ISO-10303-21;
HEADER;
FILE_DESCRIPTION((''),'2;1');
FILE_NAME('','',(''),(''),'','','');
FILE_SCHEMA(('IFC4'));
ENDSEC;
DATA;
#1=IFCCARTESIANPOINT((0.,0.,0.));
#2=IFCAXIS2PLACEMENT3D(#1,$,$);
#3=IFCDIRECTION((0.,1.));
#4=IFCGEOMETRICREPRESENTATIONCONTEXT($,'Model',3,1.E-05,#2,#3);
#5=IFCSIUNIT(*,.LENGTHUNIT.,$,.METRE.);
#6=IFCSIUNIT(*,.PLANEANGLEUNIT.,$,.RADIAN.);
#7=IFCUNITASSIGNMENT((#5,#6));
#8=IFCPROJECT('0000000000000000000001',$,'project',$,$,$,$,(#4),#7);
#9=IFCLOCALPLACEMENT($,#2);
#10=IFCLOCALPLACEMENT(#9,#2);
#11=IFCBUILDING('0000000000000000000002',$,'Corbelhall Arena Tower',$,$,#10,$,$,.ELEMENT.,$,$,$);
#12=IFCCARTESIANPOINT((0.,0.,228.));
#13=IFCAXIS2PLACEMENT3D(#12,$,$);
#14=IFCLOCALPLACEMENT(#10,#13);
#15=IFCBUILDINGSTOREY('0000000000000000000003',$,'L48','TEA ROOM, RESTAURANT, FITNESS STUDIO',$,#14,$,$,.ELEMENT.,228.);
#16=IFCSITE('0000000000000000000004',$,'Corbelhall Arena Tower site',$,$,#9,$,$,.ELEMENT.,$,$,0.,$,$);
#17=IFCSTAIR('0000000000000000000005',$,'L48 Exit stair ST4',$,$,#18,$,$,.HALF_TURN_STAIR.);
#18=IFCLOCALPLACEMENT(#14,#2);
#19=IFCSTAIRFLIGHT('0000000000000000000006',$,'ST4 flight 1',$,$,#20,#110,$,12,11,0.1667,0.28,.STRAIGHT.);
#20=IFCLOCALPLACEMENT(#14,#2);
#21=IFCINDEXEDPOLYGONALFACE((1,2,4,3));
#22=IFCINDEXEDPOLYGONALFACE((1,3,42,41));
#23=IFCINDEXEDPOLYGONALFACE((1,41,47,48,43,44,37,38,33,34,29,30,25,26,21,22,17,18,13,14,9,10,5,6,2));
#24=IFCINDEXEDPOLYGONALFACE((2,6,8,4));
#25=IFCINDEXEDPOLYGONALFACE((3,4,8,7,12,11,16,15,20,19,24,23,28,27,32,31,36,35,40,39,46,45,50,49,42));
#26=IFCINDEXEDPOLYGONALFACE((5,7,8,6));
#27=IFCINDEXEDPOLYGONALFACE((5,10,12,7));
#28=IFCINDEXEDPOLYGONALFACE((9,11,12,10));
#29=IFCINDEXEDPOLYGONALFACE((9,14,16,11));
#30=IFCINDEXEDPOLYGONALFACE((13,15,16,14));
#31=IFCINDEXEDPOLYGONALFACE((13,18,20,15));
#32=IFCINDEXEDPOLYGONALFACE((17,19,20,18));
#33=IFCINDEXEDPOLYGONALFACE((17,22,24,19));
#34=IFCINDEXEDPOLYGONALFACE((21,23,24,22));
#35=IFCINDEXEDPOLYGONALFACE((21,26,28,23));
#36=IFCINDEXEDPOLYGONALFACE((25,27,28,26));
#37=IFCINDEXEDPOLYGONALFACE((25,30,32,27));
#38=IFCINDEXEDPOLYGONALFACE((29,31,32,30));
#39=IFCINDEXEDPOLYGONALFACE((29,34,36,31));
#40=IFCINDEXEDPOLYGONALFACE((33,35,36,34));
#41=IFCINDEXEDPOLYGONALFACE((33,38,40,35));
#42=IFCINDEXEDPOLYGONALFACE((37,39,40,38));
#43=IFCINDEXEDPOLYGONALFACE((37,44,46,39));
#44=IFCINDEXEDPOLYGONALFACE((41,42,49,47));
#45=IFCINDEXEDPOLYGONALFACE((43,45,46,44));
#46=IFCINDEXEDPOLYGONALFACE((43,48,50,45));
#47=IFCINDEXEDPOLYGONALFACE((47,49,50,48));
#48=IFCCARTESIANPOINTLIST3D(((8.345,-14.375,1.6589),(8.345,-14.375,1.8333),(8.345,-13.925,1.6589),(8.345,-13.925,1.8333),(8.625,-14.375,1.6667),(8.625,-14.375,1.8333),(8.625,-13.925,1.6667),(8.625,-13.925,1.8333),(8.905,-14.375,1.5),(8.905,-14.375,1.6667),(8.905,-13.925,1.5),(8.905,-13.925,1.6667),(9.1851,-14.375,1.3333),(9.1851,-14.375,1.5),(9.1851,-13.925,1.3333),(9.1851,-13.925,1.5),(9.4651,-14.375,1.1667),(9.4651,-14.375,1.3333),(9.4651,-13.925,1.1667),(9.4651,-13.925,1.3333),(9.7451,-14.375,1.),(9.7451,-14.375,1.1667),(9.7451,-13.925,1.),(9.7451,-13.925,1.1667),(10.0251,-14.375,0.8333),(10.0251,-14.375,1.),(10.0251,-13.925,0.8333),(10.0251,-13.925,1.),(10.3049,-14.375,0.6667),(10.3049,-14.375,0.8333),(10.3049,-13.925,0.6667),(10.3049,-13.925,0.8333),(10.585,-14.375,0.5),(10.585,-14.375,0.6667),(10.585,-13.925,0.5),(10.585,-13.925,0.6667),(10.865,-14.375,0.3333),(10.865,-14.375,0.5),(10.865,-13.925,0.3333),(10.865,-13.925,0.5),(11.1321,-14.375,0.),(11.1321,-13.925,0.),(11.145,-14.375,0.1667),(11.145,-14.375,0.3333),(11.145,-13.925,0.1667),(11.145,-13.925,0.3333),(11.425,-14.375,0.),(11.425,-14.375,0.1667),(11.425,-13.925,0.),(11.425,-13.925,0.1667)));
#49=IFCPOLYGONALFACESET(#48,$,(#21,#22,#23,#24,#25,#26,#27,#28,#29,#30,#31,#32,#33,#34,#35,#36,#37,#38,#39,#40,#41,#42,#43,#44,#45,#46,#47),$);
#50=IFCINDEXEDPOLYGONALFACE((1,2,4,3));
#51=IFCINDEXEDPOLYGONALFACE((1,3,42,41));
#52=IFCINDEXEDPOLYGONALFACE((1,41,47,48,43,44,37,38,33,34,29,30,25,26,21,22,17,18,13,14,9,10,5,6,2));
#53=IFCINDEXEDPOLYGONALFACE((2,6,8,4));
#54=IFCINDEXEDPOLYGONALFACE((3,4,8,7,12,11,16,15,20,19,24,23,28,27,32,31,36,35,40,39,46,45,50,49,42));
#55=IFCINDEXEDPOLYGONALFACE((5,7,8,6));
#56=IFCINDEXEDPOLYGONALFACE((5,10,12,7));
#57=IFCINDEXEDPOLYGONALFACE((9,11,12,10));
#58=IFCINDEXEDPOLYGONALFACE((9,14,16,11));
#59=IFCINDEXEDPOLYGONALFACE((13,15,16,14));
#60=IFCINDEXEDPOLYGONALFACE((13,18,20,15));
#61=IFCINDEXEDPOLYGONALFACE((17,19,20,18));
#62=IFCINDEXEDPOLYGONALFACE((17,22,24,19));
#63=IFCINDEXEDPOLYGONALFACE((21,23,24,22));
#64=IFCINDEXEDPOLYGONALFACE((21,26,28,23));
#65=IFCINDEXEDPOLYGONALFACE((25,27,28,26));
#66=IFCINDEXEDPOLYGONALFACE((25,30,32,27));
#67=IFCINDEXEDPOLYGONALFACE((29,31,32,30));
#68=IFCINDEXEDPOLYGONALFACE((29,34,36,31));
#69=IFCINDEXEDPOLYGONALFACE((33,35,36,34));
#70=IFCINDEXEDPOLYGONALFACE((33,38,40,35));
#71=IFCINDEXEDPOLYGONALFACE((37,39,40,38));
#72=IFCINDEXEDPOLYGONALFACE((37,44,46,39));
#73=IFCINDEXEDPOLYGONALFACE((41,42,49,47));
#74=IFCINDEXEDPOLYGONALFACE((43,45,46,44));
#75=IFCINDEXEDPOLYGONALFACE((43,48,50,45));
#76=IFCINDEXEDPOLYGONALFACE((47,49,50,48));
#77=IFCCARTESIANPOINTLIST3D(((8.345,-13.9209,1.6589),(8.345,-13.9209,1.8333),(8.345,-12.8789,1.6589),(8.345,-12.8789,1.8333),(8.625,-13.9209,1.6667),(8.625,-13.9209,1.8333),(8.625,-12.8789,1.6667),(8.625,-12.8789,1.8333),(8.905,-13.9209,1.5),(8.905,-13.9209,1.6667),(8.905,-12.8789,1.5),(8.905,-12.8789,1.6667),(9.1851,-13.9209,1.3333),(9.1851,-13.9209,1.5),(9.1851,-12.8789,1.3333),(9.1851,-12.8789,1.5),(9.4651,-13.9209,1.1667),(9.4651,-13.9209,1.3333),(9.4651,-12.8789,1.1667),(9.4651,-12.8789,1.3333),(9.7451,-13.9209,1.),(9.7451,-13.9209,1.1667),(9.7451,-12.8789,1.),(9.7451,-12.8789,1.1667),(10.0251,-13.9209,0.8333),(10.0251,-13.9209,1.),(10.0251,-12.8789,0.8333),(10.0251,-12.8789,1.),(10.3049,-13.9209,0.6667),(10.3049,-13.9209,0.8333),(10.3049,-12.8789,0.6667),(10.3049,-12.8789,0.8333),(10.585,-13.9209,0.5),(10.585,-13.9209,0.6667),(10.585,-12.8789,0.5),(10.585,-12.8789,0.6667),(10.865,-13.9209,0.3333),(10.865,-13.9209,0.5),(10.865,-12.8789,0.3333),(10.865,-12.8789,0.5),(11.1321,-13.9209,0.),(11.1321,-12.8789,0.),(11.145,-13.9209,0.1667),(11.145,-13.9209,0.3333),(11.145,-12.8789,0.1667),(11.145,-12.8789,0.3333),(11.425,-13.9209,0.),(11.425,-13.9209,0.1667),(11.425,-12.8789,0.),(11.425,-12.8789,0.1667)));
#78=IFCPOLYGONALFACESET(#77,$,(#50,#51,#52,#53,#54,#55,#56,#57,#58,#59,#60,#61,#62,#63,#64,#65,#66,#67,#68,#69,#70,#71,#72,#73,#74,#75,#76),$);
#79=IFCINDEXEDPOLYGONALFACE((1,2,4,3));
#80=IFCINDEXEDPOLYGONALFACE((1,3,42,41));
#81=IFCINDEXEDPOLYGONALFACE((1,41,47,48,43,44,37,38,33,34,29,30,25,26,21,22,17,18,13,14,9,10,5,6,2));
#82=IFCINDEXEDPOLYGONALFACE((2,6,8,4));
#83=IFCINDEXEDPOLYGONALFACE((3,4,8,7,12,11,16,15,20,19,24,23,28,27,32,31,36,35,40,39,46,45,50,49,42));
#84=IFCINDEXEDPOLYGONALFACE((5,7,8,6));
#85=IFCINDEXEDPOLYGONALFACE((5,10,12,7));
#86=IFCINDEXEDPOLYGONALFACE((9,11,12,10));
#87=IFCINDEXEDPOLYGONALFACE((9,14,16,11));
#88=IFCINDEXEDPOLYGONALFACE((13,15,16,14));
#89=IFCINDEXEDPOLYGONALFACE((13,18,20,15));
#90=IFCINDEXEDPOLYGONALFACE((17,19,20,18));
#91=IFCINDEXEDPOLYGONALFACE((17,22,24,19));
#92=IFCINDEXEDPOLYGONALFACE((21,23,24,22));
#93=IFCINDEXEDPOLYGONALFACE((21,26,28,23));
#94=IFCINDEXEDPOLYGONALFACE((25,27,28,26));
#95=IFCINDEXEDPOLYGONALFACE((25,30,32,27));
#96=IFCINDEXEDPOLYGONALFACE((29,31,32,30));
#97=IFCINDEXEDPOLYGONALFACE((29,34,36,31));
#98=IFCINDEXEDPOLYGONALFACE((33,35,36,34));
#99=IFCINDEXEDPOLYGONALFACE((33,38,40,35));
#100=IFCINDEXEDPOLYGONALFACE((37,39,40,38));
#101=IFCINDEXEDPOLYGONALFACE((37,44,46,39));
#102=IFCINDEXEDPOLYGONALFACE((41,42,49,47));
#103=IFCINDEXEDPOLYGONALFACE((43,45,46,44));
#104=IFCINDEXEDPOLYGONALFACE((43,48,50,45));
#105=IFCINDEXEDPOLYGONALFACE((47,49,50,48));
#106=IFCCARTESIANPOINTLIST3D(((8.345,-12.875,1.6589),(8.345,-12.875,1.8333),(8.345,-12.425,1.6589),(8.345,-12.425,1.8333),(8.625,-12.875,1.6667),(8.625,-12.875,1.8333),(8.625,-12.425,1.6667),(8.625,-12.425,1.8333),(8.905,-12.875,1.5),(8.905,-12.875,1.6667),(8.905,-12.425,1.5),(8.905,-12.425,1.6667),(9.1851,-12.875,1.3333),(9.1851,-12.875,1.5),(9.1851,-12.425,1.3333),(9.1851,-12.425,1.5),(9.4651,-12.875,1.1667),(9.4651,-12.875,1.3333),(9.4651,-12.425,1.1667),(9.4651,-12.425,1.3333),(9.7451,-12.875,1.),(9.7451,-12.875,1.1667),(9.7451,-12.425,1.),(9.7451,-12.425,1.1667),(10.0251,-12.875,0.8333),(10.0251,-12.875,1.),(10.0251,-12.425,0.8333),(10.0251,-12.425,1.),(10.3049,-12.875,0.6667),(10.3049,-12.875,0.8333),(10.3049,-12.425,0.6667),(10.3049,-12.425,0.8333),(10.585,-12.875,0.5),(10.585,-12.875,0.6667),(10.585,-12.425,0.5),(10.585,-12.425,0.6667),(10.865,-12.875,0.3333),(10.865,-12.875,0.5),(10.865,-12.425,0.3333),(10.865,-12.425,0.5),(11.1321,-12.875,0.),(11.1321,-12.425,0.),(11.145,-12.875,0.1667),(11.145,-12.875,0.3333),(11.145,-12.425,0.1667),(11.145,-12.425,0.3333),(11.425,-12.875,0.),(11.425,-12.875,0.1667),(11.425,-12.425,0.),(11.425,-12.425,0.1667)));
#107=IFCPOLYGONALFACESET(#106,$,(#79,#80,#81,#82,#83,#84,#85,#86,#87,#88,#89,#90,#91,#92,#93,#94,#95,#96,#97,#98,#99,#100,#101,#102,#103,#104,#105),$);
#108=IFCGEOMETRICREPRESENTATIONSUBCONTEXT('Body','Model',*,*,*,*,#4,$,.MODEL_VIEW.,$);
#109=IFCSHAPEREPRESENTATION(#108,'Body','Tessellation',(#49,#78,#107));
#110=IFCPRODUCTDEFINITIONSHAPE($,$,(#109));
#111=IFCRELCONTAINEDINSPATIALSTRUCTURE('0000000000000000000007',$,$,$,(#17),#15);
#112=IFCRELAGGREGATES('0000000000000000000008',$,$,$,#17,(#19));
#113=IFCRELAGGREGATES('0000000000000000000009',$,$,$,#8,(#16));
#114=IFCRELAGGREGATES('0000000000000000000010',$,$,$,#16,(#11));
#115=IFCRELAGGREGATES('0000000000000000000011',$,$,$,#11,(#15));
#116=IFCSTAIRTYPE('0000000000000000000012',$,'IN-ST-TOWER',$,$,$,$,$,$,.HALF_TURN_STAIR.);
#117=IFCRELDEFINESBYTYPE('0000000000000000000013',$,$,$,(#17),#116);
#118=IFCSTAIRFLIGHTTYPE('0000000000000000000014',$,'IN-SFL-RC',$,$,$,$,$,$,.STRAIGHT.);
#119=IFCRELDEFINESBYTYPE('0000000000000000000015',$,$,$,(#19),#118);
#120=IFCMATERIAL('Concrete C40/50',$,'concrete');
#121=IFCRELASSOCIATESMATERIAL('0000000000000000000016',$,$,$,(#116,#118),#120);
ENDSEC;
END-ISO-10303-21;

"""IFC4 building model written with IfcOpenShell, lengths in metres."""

from ifc_helpers import new_model, si_unit, direction, frame, origin, place, context, subcontext, project, spatial, polyline, outline, extrude, material, type_object, element, aggregate, save


model = new_model("IFC4")

# Units and contexts
model_context = context("Model", 3, precision=1e-05, world=origin(), true_north=direction((0.0, 1.0)))
body_context = subcontext(model_context, "Body", "Model", "MODEL_VIEW")
ifc_project = project(units=[si_unit("LENGTHUNIT", "METRE"), si_unit("PLANEANGLEUNIT", "RADIAN")], contexts=[model_context])

# Site, building, storey
site_placement = place(None, origin())
site = spatial("IfcSite", under=ifc_project, at=site_placement, Name="Corbelhall Arena Tower site", CompositionType="ELEMENT", RefElevation=0.0)
building_placement = place(site_placement, origin())
building = spatial("IfcBuilding", under=site, at=building_placement, Name="Corbelhall Arena Tower", CompositionType="ELEMENT")
storey_placement = place(building_placement, frame((0.0, 0.0, 228.0)))
storey = spatial("IfcBuildingStorey", under=building, at=storey_placement, Name="L48", Description="TEA ROOM, RESTAURANT, FITNESS STUDIO", CompositionType="ELEMENT", Elevation=228.0)

# Shared definitions
ifc_material_1 = material(Name="Concrete C40/50", Category="concrete")

# Stair, stair flight
stair_type = type_object("IfcStairType", Name="IN-ST-TOWER", PredefinedType="HALF_TURN_STAIR", material=ifc_material_1)
stair_placement = place(storey_placement, origin())
stair = element("IfcStair", 1, at=stair_placement, inside=storey, type_object=stair_type, Name="L48 Exit stair ST4", PredefinedType="HALF_TURN_STAIR")
stair_flight_type = type_object("IfcStairFlightType", Name="IN-SFL-RC", PredefinedType="STRAIGHT", material=ifc_material_1)
stair_flight_placement = place(storey_placement, frame((11.425, -13.3999, 0.0), z_axis=(0.0, 0.0, 1.0), x_axis=(-1.0, 0.0, 0.0)))
stair_flight = element("IfcStairFlight", 2, at=stair_flight_placement, type_object=stair_flight_type, Name="ST4 flight 1", NumberOfRisers=12, NumberOfTreads=11, PredefinedType="STRAIGHT", RiserHeight=0.1667, TreadLength=0.28, context=body_context, shape_type="SweptSolid", body=[
    extrude(outline(polyline([(0.0, 0.0), (0.0, 0.1667), (0.28, 0.1667), (0.28, 0.3333), (0.5601, 0.3333), (0.5601, 0.5), (0.8401, 0.5), (0.8401, 0.6667), (1.1201, 0.6667), (1.1201, 0.8333), (1.3999, 0.8333), (1.3999, 1.0), (1.6799, 1.0), (1.6799, 1.1667), (1.96, 1.1667), (1.96, 1.3333), (2.24, 1.3333), (2.24, 1.5), (2.52, 1.5), (2.52, 1.6667), (2.8, 1.6667), (2.8, 1.8333), (3.0801, 1.8333), (3.0801, 2.0), (3.0801, 1.6589), (0.293, 0.0), (0.0, 0.0)])), frame((0.0, 0.9751, 0.0), z_axis=(0.0, -1.0, 0.0), x_axis=(1.0, 0.0, 0.0)), (0.0, 0.0, 1.0), 0.45),
    extrude(outline(polyline([(0.0, 0.0), (0.0, 0.1667), (0.28, 0.1667), (0.28, 0.3333), (0.5601, 0.3333), (0.5601, 0.5), (0.8401, 0.5), (0.8401, 0.6667), (1.1201, 0.6667), (1.1201, 0.8333), (1.3999, 0.8333), (1.3999, 1.0), (1.6799, 1.0), (1.6799, 1.1667), (1.96, 1.1667), (1.96, 1.3333), (2.24, 1.3333), (2.24, 1.5), (2.52, 1.5), (2.52, 1.6667), (2.8, 1.6667), (2.8, 1.8333), (3.0801, 1.8333), (3.0801, 2.0), (3.0801, 1.6589), (0.293, 0.0), (0.0, 0.0)])), frame((0.0, 0.521, 0.0), z_axis=(0.0, -1.0, 0.0), x_axis=(1.0, 0.0, 0.0)), (0.0, 0.0, 1.0), 1.042),
    extrude(outline(polyline([(0.0, 0.0), (0.0, 0.1667), (0.28, 0.1667), (0.28, 0.3333), (0.5601, 0.3333), (0.5601, 0.5), (0.8401, 0.5), (0.8401, 0.6667), (1.1201, 0.6667), (1.1201, 0.8333), (1.3999, 0.8333), (1.3999, 1.0), (1.6799, 1.0), (1.6799, 1.1667), (1.96, 1.1667), (1.96, 1.3333), (2.24, 1.3333), (2.24, 1.5), (2.52, 1.5), (2.52, 1.6667), (2.8, 1.6667), (2.8, 1.8333), (3.0801, 1.8333), (3.0801, 2.0), (3.0801, 1.6589), (0.293, 0.0), (0.0, 0.0)])), frame((0.0, -0.5249, 0.0), z_axis=(0.0, -1.0, 0.0), x_axis=(1.0, 0.0, 0.0)), (0.0, 0.0, 1.0), 0.45),
])
aggregate(stair, [stair_flight])

save(model, "model.ifc")
